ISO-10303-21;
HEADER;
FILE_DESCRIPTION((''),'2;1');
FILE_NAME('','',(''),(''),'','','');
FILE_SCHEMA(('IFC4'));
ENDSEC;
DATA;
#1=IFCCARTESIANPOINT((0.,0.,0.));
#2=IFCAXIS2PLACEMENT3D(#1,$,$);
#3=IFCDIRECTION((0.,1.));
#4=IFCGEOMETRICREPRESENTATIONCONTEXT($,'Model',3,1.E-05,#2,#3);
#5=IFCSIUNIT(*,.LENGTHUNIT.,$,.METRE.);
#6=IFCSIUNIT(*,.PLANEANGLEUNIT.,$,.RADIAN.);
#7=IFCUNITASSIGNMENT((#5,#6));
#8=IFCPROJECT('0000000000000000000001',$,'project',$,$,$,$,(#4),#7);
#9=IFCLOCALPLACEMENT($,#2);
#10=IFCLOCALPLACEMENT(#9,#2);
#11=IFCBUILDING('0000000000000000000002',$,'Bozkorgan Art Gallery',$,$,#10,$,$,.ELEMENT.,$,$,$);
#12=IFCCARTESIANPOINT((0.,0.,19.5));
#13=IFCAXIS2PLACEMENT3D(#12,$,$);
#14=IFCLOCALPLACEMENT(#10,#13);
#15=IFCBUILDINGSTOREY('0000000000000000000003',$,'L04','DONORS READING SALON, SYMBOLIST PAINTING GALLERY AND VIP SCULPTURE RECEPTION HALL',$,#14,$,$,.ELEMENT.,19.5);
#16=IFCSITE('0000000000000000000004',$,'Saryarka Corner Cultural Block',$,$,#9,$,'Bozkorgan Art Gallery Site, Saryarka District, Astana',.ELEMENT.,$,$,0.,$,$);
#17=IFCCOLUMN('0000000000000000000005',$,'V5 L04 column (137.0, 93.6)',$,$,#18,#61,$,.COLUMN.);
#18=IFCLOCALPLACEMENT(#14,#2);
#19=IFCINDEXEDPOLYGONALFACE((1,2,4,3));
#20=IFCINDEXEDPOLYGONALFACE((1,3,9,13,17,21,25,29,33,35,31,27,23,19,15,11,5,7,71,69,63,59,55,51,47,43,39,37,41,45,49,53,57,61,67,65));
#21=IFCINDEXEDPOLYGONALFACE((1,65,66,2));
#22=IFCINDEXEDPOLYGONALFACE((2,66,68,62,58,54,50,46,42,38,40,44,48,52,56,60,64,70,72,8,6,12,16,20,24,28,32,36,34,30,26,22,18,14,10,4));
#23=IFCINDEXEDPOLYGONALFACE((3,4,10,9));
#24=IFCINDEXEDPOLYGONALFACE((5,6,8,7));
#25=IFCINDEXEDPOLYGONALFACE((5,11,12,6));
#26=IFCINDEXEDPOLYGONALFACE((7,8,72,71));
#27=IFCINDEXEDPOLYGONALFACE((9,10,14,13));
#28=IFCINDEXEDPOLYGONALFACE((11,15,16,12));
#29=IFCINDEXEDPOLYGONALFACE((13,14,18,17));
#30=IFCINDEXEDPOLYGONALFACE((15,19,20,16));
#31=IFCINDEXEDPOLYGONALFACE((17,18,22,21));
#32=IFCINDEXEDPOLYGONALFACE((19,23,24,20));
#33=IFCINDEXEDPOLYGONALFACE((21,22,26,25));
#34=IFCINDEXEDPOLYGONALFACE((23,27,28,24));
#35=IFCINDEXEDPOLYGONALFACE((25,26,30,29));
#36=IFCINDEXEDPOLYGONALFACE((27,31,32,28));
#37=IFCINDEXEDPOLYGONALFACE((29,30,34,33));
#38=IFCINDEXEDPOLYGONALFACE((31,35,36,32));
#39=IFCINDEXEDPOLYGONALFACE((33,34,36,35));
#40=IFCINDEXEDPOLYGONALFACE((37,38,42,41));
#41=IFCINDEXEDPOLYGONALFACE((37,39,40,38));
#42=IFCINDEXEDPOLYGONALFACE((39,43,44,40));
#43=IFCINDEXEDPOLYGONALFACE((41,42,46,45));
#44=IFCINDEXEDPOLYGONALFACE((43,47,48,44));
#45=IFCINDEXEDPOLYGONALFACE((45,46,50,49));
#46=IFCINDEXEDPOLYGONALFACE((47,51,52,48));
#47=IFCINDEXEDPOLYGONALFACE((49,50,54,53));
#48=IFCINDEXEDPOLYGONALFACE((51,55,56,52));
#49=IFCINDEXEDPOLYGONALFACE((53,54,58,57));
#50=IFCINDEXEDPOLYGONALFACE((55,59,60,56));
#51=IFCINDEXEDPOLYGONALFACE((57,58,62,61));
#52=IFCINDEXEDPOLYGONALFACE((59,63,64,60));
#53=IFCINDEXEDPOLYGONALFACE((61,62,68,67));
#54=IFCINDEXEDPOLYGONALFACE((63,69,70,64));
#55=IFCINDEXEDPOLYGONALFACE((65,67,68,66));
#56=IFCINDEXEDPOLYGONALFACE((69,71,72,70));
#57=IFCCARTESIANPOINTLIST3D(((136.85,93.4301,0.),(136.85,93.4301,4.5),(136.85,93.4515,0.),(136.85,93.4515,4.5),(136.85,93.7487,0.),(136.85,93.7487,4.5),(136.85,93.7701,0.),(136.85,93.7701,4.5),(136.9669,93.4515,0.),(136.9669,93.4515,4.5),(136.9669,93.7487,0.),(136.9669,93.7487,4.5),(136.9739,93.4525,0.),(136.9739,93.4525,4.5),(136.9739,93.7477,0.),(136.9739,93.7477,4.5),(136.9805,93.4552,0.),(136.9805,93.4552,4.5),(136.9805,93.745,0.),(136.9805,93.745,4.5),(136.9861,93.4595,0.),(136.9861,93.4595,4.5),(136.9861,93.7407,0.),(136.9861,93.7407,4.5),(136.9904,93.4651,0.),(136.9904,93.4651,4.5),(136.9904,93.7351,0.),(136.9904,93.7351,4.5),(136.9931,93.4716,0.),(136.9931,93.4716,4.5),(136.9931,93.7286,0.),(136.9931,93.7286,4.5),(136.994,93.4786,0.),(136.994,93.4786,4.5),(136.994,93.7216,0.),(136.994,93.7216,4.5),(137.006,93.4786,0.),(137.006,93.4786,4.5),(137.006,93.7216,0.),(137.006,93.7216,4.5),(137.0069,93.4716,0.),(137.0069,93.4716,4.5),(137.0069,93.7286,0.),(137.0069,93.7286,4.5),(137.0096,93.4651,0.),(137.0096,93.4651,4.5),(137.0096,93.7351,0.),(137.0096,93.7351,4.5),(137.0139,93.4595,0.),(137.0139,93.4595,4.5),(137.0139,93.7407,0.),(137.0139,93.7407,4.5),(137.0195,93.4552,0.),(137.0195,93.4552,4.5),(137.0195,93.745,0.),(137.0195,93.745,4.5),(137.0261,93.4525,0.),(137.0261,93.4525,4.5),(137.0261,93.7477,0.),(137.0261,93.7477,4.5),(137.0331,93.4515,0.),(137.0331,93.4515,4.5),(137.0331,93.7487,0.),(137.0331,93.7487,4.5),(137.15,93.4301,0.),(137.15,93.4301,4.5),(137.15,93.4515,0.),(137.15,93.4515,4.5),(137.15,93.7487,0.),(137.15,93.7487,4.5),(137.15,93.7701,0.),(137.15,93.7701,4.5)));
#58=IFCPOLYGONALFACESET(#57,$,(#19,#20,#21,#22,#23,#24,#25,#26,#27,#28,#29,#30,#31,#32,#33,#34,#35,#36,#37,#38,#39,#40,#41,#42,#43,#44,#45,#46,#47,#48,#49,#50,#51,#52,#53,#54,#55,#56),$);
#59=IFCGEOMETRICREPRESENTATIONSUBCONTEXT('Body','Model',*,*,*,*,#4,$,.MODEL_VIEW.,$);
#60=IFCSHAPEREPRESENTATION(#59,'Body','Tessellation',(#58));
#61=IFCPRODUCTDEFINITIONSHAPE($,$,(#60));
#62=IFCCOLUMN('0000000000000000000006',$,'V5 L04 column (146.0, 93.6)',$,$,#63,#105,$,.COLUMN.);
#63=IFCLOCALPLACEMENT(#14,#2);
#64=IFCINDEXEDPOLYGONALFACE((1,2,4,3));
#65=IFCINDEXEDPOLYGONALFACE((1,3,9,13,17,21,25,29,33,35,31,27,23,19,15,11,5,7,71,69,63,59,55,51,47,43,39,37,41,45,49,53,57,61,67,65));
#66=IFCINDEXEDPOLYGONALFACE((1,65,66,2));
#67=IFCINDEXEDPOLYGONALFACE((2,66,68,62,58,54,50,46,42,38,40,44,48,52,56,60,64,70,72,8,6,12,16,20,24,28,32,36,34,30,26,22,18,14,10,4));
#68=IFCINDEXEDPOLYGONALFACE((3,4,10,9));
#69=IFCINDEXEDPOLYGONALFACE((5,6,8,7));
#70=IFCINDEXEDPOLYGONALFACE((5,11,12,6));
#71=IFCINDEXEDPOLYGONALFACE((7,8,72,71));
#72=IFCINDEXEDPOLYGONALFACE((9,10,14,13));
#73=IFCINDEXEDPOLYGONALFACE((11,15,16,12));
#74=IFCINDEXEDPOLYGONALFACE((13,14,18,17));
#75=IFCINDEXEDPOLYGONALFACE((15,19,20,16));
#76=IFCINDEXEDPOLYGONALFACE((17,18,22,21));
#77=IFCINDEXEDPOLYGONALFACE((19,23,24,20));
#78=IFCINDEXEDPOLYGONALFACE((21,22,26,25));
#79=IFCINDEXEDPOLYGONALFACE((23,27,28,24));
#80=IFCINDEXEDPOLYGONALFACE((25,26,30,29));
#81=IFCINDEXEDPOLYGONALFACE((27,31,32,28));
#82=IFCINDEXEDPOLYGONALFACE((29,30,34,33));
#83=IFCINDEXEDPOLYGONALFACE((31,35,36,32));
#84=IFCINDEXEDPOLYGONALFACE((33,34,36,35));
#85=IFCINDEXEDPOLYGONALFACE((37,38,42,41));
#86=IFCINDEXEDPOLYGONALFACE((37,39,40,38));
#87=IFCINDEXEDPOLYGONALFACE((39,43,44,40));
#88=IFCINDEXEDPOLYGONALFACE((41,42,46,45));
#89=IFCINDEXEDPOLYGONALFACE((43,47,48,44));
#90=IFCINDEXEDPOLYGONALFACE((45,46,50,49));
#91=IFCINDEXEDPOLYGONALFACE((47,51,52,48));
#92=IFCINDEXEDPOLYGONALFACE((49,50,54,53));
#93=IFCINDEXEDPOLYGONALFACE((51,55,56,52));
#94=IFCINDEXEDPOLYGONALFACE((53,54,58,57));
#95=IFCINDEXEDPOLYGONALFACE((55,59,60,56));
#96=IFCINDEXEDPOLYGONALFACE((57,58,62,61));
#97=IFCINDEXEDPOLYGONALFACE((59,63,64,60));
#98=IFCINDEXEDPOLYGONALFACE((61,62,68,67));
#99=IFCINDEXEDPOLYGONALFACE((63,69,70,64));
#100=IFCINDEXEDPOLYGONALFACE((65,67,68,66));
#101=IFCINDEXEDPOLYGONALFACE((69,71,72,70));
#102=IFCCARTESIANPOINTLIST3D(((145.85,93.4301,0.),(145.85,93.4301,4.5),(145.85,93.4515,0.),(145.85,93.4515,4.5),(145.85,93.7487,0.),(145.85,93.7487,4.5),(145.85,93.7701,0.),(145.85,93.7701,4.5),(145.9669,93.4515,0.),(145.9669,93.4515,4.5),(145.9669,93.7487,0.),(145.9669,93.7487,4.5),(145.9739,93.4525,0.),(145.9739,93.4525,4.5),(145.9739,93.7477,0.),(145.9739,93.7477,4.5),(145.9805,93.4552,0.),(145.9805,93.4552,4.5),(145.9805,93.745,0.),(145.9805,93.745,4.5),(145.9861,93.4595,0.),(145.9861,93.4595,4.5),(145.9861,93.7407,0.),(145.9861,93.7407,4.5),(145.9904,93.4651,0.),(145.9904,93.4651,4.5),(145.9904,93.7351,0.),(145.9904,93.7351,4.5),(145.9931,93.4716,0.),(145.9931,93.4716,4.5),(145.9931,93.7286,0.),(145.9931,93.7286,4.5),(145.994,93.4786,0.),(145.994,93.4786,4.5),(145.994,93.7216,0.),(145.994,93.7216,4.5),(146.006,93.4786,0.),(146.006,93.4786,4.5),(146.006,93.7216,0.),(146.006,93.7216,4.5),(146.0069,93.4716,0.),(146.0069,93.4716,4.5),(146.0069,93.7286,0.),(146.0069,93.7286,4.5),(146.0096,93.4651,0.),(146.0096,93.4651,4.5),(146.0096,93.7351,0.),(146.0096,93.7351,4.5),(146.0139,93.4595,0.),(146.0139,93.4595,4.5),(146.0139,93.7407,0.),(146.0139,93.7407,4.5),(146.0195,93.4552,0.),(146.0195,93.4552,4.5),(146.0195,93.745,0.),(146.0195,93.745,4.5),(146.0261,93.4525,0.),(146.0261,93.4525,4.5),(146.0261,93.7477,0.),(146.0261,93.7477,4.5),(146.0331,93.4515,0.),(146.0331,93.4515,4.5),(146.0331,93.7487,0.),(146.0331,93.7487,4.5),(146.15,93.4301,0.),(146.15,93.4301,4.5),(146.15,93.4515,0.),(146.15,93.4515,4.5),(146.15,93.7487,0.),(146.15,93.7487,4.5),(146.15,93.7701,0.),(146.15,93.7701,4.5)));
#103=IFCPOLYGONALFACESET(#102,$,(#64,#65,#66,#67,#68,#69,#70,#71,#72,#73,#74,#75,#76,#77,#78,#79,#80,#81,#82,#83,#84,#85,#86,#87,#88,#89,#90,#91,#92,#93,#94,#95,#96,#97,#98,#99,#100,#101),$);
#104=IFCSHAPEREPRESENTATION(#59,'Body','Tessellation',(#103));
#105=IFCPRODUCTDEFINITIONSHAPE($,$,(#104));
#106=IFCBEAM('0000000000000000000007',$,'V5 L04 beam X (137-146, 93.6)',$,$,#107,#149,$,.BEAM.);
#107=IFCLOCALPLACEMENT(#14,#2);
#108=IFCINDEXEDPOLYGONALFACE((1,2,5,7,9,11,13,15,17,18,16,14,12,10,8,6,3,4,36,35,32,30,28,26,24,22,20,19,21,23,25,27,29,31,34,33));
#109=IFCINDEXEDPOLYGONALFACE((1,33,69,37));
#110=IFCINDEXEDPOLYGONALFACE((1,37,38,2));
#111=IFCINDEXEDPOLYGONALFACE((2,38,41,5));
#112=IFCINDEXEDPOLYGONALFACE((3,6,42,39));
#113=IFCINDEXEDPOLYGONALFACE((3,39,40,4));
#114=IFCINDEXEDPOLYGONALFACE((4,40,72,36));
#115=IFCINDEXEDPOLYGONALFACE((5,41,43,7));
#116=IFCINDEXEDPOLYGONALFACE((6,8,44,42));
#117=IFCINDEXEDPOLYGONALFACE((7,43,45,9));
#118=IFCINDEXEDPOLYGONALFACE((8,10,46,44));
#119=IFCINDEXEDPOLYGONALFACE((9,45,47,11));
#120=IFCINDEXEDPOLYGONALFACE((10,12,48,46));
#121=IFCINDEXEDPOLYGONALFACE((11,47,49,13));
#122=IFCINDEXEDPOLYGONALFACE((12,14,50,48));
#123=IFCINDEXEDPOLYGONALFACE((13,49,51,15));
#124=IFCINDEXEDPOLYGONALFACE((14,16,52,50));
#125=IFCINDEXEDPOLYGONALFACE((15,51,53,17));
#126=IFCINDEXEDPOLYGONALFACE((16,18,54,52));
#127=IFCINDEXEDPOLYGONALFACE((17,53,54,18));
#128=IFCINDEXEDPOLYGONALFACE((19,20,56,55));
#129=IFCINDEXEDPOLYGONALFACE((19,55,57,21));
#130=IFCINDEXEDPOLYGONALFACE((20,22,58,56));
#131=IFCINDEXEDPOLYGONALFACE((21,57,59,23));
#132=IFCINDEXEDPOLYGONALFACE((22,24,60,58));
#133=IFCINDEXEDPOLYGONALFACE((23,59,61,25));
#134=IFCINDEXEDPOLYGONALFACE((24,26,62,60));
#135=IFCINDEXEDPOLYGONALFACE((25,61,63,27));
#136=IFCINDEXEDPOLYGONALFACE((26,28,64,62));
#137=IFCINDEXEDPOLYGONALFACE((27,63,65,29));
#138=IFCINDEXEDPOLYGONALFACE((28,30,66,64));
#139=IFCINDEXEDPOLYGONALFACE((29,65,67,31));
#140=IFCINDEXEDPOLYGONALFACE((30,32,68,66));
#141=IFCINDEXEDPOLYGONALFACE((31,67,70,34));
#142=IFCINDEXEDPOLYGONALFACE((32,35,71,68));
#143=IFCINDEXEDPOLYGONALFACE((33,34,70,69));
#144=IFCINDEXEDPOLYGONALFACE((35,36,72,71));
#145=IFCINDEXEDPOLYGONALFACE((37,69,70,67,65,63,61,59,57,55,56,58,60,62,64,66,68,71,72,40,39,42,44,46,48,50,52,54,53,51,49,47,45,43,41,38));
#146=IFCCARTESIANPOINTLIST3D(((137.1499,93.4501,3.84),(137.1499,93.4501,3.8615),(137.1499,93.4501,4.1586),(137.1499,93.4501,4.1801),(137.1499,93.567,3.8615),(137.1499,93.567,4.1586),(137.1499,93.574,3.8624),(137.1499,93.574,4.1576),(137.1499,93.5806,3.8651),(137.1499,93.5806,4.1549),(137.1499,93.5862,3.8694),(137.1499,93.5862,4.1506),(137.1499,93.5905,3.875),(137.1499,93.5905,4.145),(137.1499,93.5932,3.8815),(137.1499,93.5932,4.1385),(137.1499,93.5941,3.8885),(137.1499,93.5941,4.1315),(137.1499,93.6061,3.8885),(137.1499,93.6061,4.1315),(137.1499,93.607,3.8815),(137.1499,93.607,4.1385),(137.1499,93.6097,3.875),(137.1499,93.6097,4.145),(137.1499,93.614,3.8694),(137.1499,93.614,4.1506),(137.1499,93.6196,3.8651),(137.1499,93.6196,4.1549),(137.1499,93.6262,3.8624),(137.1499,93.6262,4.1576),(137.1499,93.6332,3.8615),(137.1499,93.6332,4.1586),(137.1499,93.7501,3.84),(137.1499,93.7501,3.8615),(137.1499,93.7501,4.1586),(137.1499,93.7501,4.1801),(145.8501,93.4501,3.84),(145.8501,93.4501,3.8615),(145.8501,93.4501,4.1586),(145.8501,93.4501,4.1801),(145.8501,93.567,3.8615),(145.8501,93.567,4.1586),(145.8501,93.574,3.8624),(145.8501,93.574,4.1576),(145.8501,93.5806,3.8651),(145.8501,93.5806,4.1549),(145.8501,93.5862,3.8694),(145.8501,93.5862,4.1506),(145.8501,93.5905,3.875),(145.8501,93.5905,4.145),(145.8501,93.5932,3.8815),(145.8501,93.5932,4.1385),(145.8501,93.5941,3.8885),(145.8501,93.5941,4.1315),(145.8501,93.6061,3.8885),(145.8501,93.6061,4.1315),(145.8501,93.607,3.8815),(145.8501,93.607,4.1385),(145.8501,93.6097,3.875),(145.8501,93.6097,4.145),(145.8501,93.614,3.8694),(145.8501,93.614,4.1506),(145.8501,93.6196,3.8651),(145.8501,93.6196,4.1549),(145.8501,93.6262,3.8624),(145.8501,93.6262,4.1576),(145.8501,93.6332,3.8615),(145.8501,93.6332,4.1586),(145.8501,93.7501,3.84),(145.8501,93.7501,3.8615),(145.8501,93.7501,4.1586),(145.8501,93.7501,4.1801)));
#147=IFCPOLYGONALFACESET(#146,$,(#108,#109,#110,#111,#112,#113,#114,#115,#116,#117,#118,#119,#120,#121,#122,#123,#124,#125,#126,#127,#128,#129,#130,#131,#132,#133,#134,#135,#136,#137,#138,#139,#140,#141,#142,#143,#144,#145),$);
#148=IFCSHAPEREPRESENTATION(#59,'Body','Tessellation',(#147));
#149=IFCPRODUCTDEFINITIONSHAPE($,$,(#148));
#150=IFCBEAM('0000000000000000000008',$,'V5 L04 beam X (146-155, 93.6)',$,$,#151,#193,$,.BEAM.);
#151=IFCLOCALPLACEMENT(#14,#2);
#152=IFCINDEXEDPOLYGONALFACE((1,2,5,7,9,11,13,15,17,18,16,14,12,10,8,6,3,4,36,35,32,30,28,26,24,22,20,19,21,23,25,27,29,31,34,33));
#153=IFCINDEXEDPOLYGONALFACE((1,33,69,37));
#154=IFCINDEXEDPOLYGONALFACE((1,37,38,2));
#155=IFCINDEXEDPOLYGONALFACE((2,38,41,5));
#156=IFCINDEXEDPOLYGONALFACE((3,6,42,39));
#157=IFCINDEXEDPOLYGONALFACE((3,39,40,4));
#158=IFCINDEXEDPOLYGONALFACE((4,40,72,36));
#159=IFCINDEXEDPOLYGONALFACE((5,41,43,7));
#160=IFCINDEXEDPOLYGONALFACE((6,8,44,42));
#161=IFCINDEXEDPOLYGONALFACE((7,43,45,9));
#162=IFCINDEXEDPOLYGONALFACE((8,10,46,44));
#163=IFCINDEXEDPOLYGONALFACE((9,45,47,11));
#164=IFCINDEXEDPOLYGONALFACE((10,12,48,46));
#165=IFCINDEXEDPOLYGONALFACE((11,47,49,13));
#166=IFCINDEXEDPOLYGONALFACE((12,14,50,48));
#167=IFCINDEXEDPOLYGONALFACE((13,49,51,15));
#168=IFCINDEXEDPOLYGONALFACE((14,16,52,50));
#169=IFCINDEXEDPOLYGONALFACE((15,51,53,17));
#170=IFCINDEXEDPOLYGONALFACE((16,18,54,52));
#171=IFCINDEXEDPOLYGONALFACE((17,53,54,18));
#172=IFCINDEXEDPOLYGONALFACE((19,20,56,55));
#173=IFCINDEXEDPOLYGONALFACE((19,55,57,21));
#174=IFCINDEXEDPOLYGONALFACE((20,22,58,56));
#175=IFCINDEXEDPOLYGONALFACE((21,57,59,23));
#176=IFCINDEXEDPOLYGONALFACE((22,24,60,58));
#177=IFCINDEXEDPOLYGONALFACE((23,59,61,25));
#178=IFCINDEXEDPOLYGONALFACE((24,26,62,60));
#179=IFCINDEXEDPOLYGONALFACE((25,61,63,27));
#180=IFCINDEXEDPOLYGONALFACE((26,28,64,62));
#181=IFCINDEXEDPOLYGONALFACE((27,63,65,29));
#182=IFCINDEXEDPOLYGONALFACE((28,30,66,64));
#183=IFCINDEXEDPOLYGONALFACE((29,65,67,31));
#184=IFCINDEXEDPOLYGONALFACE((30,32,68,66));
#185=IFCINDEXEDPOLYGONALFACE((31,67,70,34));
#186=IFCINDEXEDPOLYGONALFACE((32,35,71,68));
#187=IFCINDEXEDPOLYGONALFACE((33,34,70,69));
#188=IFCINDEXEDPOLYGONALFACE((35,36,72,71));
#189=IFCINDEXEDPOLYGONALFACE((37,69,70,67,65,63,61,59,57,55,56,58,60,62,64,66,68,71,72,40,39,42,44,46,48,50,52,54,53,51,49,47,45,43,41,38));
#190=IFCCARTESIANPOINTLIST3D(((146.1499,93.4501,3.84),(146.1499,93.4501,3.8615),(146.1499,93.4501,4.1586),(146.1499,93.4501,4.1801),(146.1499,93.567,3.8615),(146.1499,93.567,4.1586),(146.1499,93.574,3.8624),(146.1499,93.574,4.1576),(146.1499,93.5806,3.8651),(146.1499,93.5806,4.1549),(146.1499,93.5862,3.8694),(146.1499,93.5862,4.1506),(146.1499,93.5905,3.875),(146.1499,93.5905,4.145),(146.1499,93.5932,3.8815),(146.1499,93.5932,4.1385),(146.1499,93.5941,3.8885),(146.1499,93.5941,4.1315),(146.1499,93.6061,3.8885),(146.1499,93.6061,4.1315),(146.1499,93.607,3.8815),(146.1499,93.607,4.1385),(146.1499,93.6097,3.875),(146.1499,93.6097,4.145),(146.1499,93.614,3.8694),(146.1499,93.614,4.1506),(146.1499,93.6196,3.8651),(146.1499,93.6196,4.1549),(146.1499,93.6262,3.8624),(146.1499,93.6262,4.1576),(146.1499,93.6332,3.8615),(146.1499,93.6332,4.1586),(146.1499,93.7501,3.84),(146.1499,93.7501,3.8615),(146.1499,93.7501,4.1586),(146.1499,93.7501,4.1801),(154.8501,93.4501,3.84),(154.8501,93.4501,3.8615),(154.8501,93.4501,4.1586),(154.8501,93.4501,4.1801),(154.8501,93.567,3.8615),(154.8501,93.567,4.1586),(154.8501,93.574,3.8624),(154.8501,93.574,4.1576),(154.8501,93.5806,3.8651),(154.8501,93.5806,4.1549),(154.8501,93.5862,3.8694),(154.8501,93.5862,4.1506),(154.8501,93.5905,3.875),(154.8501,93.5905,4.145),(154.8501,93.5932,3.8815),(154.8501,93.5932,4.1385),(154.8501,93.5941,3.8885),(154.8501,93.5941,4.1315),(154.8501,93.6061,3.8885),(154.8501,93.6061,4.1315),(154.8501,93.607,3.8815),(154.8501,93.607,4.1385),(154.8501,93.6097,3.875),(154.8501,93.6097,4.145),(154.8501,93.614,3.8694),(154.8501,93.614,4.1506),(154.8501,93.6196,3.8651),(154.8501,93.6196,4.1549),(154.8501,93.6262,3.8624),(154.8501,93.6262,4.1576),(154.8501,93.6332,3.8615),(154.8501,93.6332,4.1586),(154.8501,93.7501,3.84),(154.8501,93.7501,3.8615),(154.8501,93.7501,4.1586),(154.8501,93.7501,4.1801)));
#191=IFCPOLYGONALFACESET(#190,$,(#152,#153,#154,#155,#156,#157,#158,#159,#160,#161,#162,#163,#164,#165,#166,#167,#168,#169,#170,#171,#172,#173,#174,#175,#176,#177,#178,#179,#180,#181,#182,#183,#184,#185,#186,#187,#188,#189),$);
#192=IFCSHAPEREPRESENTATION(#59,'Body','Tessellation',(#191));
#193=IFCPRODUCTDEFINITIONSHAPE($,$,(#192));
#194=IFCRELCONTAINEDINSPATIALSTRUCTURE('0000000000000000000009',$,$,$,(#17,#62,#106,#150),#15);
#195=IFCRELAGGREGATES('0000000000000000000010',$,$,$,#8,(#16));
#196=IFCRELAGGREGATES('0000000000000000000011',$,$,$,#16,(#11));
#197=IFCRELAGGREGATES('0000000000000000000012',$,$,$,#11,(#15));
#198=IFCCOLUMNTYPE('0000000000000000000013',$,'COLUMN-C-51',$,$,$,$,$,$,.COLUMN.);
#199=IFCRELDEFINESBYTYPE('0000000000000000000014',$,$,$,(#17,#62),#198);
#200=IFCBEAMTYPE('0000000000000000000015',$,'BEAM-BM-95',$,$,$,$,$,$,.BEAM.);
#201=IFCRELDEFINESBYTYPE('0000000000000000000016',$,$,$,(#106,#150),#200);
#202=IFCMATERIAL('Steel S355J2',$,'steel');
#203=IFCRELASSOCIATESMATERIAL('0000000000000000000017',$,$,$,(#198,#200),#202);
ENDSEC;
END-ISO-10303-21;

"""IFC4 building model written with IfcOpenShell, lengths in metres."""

from ifc_helpers import new_model, si_unit, direction, frame, origin, origin_2d, place, context, subcontext, project, spatial, i_section, extrude, material, material_profile, profile_set, type_object, element, save


model = new_model("IFC4")

# Units and contexts
model_context = context("Model", 3, precision=1e-05, world=origin(), true_north=direction((0.0, 1.0)))
body_context = subcontext(model_context, "Body", "Model", "MODEL_VIEW")
ifc_project = project(units=[si_unit("LENGTHUNIT", "METRE"), si_unit("PLANEANGLEUNIT", "RADIAN")], contexts=[model_context])

# Site, building, storey
site_placement = place(None, origin())
site = spatial("IfcSite", under=ifc_project, at=site_placement, Name="Saryarka Corner Cultural Block", LongName="Bozkorgan Art Gallery Site, Saryarka District, Astana", CompositionType="ELEMENT", RefElevation=0.0)
building_placement = place(site_placement, origin())
building = spatial("IfcBuilding", under=site, at=building_placement, Name="Bozkorgan Art Gallery", CompositionType="ELEMENT")
storey_placement = place(building_placement, frame((0.0, 0.0, 19.5)))
storey = spatial("IfcBuildingStorey", under=building, at=storey_placement, Name="L04", Description="DONORS READING SALON, SYMBOLIST PAINTING GALLERY AND VIP SCULPTURE RECEPTION HALL", CompositionType="ELEMENT", Elevation=19.5)

# Columns
ifc_material_1 = material(Name="Steel S355J2", Category="steel")
ifc_material_profile_1 = material_profile(ifc_material_1, i_section(OverallWidth=0.3, OverallDepth=0.3401, WebThickness=0.012, FlangeThickness=0.0215, FilletRadius=0.0271, at=origin_2d()), Name="HEB 340")
ifc_profile_set_1 = profile_set([ifc_material_profile_1], Name="Steel S355J2")
column_type = type_object("IfcColumnType", Name="COLUMN-C-51", PredefinedType="COLUMN", material=ifc_profile_set_1)
for number, where, z_axis, x_axis, name in (
    (1, (137.0, 93.6001, 0.0), (0.0, 0.0, 1.0), (1.0, 0.0, 0.0), "V5 L04 column (137.0, 93.6)"),
    (2, (146.0, 93.6001, 0.0), (0.0, 0.0, 1.0), (1.0, 0.0, 0.0), "V5 L04 column (146.0, 93.6)"),
):
    element("IfcColumn", number, at=place(storey_placement, frame(where, z_axis=z_axis, x_axis=x_axis)), inside=storey, type_object=column_type, Name=name, PredefinedType="COLUMN", context=body_context, shape_type="SweptSolid", body=[
        extrude(i_section(OverallWidth=0.3, OverallDepth=0.3401, WebThickness=0.012, FlangeThickness=0.0215, FilletRadius=0.0271, at=origin_2d()), origin(), (0.0, 0.0, 1.0), 4.5),
    ])

# Beams
ifc_material_profile_2 = material_profile(ifc_material_1, i_section(OverallWidth=0.3, OverallDepth=0.3401, WebThickness=0.012, FlangeThickness=0.0215, FilletRadius=0.0271, at=origin_2d()), Name="HEB 340")
ifc_profile_set_2 = profile_set([ifc_material_profile_2], Name="Steel S355J2")
beam_type = type_object("IfcBeamType", Name="BEAM-BM-95", PredefinedType="BEAM", material=ifc_profile_set_2)
for number, where, z_axis, x_axis, name in (
    (3, (137.1499, 93.6001, 4.01), (1.0, 0.0, 0.0), (0.0, 1.0, 0.0), "V5 L04 beam X (137-146, 93.6)"),
    (4, (146.1499, 93.6001, 4.01), (1.0, 0.0, 0.0), (0.0, 1.0, 0.0), "V5 L04 beam X (146-155, 93.6)"),
):
    element("IfcBeam", number, at=place(storey_placement, frame(where, z_axis=z_axis, x_axis=x_axis)), inside=storey, type_object=beam_type, Name=name, PredefinedType="BEAM", context=body_context, shape_type="SweptSolid", body=[
        extrude(i_section(OverallWidth=0.3, OverallDepth=0.3401, WebThickness=0.012, FlangeThickness=0.0215, FilletRadius=0.0271, at=origin_2d()), origin(), (0.0, 0.0, 1.0), 8.7002),
    ])

save(model, "model.ifc")
